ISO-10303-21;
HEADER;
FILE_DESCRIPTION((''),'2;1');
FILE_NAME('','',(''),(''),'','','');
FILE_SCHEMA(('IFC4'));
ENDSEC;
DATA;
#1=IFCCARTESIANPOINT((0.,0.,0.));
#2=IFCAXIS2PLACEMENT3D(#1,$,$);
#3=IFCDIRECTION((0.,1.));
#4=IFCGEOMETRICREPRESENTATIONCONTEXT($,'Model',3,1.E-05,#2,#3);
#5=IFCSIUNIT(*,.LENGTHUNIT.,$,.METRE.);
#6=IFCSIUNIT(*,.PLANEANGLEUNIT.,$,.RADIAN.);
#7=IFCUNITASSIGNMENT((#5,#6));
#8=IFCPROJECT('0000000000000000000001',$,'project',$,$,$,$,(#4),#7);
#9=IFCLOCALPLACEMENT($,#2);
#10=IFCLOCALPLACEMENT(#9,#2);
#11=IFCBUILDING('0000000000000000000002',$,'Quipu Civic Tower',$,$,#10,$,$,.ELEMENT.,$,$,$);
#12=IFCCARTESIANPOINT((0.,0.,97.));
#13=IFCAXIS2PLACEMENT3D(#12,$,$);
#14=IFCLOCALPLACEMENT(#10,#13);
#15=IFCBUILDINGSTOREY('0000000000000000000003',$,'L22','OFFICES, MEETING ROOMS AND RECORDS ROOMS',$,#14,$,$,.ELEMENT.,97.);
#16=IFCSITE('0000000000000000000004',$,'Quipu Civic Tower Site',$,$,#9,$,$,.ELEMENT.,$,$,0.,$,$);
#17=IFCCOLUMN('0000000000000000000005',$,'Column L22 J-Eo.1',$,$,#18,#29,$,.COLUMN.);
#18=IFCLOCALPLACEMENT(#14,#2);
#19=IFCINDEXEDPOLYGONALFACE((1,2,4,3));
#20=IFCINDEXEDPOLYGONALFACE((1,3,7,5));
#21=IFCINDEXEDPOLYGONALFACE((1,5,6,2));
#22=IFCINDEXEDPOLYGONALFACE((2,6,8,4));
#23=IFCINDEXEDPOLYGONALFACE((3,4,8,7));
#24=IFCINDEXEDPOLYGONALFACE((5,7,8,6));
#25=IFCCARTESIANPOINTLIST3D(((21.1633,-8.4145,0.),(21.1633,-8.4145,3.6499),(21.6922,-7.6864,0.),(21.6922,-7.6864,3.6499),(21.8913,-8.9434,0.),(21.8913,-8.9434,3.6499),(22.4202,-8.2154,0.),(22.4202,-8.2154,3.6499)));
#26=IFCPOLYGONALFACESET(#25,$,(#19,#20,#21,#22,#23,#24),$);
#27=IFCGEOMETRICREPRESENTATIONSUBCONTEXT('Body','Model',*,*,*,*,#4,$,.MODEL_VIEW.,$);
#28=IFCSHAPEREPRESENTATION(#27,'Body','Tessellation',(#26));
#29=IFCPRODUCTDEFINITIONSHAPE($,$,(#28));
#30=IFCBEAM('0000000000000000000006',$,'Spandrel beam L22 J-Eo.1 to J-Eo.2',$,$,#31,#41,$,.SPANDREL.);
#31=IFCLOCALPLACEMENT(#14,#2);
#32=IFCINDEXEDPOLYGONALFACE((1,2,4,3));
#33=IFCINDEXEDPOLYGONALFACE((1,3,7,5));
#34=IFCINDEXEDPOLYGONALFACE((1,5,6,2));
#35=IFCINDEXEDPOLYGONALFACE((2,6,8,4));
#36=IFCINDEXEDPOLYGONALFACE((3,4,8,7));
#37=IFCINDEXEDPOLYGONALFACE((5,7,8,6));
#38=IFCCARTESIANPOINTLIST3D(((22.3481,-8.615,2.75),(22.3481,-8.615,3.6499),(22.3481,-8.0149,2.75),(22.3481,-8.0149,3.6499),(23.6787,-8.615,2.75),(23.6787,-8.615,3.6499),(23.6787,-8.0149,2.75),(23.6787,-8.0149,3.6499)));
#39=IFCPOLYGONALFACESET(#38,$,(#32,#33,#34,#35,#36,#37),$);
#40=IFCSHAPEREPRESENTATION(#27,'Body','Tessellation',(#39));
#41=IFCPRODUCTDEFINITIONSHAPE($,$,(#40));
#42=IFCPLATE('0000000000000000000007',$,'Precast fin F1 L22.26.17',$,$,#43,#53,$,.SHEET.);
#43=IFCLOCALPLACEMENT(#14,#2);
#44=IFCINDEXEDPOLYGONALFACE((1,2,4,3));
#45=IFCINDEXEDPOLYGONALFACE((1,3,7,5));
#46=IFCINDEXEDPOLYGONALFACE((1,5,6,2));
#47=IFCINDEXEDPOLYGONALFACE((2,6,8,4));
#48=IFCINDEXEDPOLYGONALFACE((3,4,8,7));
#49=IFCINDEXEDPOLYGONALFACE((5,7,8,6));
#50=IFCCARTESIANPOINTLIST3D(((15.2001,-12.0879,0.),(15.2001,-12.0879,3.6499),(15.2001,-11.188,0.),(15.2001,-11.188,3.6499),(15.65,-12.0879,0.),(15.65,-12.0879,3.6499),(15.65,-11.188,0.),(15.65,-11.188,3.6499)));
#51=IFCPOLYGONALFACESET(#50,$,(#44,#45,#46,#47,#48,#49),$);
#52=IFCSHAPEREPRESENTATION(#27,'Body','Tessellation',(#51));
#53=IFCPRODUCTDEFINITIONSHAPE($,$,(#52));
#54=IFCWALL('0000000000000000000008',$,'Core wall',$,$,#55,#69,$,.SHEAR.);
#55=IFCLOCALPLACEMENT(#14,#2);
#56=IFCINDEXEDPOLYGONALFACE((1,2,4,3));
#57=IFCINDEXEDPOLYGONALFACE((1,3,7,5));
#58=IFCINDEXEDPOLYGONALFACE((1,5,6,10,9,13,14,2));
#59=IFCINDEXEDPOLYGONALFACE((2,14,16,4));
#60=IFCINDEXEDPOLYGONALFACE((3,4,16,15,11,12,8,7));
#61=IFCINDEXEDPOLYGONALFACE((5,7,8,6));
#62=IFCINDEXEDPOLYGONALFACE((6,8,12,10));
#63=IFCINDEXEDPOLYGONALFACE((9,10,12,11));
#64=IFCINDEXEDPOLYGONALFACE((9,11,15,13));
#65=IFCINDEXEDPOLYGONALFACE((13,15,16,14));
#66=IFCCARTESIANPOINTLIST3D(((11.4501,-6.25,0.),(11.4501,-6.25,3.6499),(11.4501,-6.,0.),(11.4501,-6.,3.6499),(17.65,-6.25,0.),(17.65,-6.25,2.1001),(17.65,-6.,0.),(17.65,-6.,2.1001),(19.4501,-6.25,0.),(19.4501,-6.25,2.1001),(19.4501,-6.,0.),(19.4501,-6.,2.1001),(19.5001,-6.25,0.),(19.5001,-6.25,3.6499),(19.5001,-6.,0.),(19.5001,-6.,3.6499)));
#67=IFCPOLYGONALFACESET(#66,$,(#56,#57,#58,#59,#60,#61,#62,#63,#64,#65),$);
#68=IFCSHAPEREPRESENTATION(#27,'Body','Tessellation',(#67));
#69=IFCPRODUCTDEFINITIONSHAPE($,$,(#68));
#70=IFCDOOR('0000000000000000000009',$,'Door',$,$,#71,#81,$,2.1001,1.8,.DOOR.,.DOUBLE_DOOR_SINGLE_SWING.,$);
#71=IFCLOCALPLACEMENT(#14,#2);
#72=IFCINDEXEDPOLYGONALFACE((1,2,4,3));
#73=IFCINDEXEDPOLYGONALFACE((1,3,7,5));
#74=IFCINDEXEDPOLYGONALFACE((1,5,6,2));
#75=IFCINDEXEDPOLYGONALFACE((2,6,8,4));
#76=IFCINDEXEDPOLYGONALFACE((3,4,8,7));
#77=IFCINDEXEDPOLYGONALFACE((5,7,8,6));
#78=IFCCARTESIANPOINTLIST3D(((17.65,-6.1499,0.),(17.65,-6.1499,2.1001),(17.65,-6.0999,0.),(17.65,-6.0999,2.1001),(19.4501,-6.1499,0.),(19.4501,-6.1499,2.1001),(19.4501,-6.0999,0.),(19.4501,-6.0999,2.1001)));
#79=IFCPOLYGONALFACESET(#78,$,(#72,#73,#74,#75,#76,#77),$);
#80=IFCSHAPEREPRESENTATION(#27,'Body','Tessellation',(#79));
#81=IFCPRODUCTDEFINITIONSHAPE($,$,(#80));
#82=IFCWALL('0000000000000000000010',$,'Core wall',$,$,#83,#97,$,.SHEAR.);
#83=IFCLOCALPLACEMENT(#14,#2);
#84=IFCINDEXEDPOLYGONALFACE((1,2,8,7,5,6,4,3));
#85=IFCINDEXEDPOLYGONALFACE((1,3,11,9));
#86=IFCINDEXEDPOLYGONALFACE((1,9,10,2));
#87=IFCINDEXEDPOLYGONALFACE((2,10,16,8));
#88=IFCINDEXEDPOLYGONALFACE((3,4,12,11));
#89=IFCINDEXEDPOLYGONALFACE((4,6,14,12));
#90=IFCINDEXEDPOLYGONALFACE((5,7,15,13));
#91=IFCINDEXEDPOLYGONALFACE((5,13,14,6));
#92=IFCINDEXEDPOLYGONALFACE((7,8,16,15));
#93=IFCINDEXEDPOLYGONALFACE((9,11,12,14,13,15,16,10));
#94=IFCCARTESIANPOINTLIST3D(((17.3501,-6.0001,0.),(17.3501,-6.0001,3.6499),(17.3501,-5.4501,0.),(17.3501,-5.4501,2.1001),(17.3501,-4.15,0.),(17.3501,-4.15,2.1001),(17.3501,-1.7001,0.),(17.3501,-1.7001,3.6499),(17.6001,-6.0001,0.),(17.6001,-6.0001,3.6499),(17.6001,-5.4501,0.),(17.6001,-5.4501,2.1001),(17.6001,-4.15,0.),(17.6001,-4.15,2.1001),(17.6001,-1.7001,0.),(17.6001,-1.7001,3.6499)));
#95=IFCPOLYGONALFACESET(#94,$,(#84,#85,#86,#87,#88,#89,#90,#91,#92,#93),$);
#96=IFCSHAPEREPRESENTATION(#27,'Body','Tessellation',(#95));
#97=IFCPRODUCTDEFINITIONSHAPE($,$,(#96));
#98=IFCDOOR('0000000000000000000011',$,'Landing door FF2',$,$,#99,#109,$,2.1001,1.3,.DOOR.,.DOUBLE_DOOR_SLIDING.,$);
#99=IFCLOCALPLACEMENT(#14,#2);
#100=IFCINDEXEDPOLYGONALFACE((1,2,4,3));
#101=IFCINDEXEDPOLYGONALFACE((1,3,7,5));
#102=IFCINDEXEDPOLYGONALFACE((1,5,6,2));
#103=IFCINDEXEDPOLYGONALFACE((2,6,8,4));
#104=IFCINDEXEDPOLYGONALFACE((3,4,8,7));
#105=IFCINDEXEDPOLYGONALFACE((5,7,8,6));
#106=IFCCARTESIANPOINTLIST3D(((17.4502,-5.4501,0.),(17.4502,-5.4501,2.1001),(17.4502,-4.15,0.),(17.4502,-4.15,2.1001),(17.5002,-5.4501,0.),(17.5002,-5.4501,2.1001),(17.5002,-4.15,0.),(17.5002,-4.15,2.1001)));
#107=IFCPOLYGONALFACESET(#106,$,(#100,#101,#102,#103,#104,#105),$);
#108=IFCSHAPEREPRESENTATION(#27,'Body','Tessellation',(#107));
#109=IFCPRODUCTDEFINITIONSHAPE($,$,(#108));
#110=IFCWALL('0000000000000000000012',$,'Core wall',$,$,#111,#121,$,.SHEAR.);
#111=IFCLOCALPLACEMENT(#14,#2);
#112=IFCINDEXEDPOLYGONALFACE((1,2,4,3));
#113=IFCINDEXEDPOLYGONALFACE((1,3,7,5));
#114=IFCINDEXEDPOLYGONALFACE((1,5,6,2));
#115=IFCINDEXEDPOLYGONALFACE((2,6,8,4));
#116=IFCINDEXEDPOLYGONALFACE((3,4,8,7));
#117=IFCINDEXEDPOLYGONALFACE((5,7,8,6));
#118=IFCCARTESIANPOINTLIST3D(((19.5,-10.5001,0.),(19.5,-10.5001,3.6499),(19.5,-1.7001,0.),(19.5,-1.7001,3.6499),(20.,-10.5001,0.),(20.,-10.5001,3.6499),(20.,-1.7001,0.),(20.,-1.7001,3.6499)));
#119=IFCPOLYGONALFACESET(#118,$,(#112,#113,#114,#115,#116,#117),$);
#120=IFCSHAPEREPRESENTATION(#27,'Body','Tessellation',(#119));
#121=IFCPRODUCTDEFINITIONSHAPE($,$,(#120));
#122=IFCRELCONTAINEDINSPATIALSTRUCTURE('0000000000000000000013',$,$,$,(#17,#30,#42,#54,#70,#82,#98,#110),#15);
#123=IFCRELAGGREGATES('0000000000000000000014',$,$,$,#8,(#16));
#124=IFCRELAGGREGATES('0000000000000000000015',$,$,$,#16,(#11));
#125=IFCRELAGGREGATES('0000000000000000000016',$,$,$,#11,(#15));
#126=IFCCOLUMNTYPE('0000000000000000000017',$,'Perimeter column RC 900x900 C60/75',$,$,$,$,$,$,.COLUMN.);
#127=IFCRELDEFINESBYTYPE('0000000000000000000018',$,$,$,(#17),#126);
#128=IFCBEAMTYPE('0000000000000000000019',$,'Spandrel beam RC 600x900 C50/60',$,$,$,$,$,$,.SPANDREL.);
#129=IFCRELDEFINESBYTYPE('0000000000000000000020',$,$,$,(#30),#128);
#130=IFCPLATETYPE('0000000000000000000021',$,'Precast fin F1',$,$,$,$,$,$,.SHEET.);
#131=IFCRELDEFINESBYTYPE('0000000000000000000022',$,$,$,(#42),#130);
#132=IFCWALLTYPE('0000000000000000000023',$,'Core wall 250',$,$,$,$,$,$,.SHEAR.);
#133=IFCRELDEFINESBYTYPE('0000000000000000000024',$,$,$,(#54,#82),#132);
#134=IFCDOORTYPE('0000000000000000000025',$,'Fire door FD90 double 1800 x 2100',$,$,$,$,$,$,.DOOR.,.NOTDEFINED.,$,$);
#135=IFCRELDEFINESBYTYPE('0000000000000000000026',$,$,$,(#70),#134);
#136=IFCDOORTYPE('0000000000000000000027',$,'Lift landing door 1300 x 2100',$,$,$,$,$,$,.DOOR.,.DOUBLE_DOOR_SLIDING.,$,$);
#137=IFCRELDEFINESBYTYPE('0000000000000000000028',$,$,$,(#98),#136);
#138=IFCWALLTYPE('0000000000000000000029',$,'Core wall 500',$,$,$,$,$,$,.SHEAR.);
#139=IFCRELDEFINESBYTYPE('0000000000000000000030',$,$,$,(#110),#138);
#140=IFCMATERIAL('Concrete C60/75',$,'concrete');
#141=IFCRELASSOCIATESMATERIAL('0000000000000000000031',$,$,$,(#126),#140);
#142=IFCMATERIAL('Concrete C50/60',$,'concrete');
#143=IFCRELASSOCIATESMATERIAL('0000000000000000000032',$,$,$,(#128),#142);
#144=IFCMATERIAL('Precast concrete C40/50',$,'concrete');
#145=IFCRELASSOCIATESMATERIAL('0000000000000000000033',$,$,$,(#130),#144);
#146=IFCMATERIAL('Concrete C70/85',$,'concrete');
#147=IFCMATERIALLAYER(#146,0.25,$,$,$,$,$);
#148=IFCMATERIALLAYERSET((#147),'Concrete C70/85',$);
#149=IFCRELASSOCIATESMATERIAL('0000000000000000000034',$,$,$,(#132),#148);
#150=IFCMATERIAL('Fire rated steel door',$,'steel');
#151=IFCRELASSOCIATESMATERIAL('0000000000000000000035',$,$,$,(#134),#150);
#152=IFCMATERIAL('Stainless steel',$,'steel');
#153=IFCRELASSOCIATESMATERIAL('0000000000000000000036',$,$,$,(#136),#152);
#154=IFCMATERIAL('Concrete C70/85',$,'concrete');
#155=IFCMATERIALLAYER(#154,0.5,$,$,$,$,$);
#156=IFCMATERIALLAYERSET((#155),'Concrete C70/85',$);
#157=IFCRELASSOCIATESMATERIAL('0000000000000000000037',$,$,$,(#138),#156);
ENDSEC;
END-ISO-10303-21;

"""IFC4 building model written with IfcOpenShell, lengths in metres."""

from ifc_helpers import new_model, si_unit, direction, frame, frame_2d, origin, origin_2d, place, context, subcontext, project, spatial, rectangle, extrude, material, layer, layer_set, material_profile, profile_set, type_object, element, fill, save


model = new_model("IFC4")

# Units and contexts
model_context = context("Model", 3, precision=1e-05, world=origin(), true_north=direction((0.0, 1.0)))
body_context = subcontext(model_context, "Body", "Model", "MODEL_VIEW")
ifc_project = project(units=[si_unit("LENGTHUNIT", "METRE"), si_unit("PLANEANGLEUNIT", "RADIAN")], contexts=[model_context])

# Site, building, storey
site_placement = place(None, origin())
site = spatial("IfcSite", under=ifc_project, at=site_placement, Name="Quipu Civic Tower Site", CompositionType="ELEMENT", RefElevation=0.0)
building_placement = place(site_placement, origin())
building = spatial("IfcBuilding", under=site, at=building_placement, Name="Quipu Civic Tower", CompositionType="ELEMENT")
storey_placement = place(building_placement, frame((0.0, 0.0, 97.0)))
storey = spatial("IfcBuildingStorey", under=building, at=storey_placement, Name="L22", Description="OFFICES, MEETING ROOMS AND RECORDS ROOMS", CompositionType="ELEMENT", Elevation=97.0)

# Column
ifc_material_1 = material(Name="Concrete C60/75", Category="concrete")
ifc_material_profile_1 = material_profile(ifc_material_1, rectangle(XDim=0.8999, YDim=0.8999, at=origin_2d()), Name="RC900x900")
ifc_profile_set_1 = profile_set([ifc_material_profile_1], Name="Concrete C60/75")
column_type = type_object("IfcColumnType", Name="Perimeter column RC 900x900 C60/75", PredefinedType="COLUMN", material=ifc_profile_set_1)
column_placement = place(storey_placement, frame((21.7917, -8.3149, 0.0), z_axis=(0.0, 0.0, 1.0), x_axis=(0.587785, 0.809017, 0.0)))
element("IfcColumn", 1, at=column_placement, inside=storey, type_object=column_type, Name="Column L22 J-Eo.1", PredefinedType="COLUMN", context=body_context, shape_type="SweptSolid", body=[
    extrude(rectangle(XDim=0.8999, YDim=0.8999, at=origin_2d()), origin(), (0.0, 0.0, 1.0), 3.6499),
])

# Beam
ifc_material_2 = material(Name="Concrete C50/60", Category="concrete")
ifc_material_profile_2 = material_profile(ifc_material_2, rectangle(XDim=0.6001, YDim=0.8999, at=origin_2d()), Name="RC600x900")
ifc_profile_set_2 = profile_set([ifc_material_profile_2], Name="Concrete C50/60")
beam_type = type_object("IfcBeamType", Name="Spandrel beam RC 600x900 C50/60", PredefinedType="SPANDREL", material=ifc_profile_set_2)
beam_placement = place(storey_placement, frame((22.3481, -8.3149, 3.2), z_axis=(1.0, 0.0, 0.0), x_axis=(0.0, 1.0, 0.0)))
element("IfcBeam", 2, at=beam_placement, inside=storey, type_object=beam_type, Name="Spandrel beam L22 J-Eo.1 to J-Eo.2", PredefinedType="SPANDREL", context=body_context, shape_type="SweptSolid", body=[
    extrude(rectangle(XDim=0.6001, YDim=0.8999, at=origin_2d()), origin(), (0.0, 0.0, 1.0), 1.3306),
])

# Plate
ifc_material_3 = material(Name="Precast concrete C40/50", Category="concrete")
plate_type = type_object("IfcPlateType", Name="Precast fin F1", PredefinedType="SHEET", material=ifc_material_3)
plate_placement = place(storey_placement, frame((15.425, -11.6379, 0.0), z_axis=(0.0, 0.0, 1.0), x_axis=(1.0, 0.0, 0.0)))
element("IfcPlate", 3, at=plate_placement, inside=storey, type_object=plate_type, Name="Precast fin F1 L22.26.17", PredefinedType="SHEET", context=body_context, shape_type="SweptSolid", body=[
    extrude(rectangle(XDim=0.45, YDim=0.8999, at=origin_2d()), origin(), (0.0, 0.0, 1.0), 3.6499),
])

# Walls, openings, doors
ifc_material_4 = material(Name="Concrete C70/85", Category="concrete")
ifc_layer_1 = layer(ifc_material_4, 0.25)
ifc_layer_set_1 = layer_set([ifc_layer_1], Name="Concrete C70/85")
wall_type_1 = type_object("IfcWallType", Name="Core wall 250", PredefinedType="SHEAR", material=ifc_layer_set_1)
wall_1_placement = place(storey_placement, frame((19.5, -6.125, 0.0), z_axis=(0.0, 0.0, 1.0), x_axis=(-1.0, 0.0, 0.0)))
wall_1 = element("IfcWall", 4, at=wall_1_placement, inside=storey, type_object=wall_type_1, Name="Core wall", PredefinedType="SHEAR", context=body_context, shape_type="SweptSolid", body=[
    extrude(rectangle(XDim=8.05, YDim=0.25, at=frame_2d((4.0249, 0.0))), origin(), (0.0, 0.0, 1.0), 3.6499),
])
opening_1_placement = place(wall_1_placement, frame((0.05, 0.0, 0.0)))
opening_1 = element("IfcOpeningElement", 5, at=opening_1_placement, cuts=wall_1, PredefinedType="OPENING", context=body_context, shape_type="SweptSolid", body=[
    extrude(rectangle(XDim=1.8, YDim=2.1001, at=frame_2d((0.8999, 1.05))), frame((0.0, 0.135, 0.0), z_axis=(0.0, -1.0, 0.0), x_axis=(1.0, 0.0, 0.0)), (0.0, 0.0, 1.0), 0.27),
])
ifc_material_5 = material(Name="Fire rated steel door", Category="steel")
door_type_1 = type_object("IfcDoorType", Name="Fire door FD90 double 1800 x 2100", OperationType="NOTDEFINED", PredefinedType="DOOR", material=ifc_material_5)
door_1_placement = place(opening_1_placement, origin())
door_1 = element("IfcDoor", 6, at=door_1_placement, inside=storey, type_object=door_type_1, Name="Door", OperationType="DOUBLE_DOOR_SINGLE_SWING", OverallHeight=2.1001, OverallWidth=1.8, PredefinedType="DOOR", context=body_context, shape_type="SweptSolid", body=[
    extrude(rectangle(XDim=1.8, YDim=2.1001, at=frame_2d((0.8999, 1.05))), frame((0.0, 0.0249, 0.0), z_axis=(0.0, -1.0, 0.0), x_axis=(1.0, 0.0, 0.0)), (0.0, 0.0, 1.0), 0.05),
])
fill(opening_1, door_1)
wall_2_placement = place(storey_placement, frame((17.4751, -6.0, 0.0), z_axis=(0.0, 0.0, 1.0), x_axis=(0.0, 1.0, 0.0)))
wall_2 = element("IfcWall", 7, at=wall_2_placement, inside=storey, type_object=wall_type_1, Name="Core wall", PredefinedType="SHEAR", context=body_context, shape_type="SweptSolid", body=[
    extrude(rectangle(XDim=4.3, YDim=0.25, at=frame_2d((2.1499, 0.0))), origin(), (0.0, 0.0, 1.0), 3.6499),
])
opening_2_placement = place(wall_2_placement, frame((0.55, 0.0, 0.0)))
opening_2 = element("IfcOpeningElement", 8, at=opening_2_placement, cuts=wall_2, PredefinedType="OPENING", context=body_context, shape_type="SweptSolid", body=[
    extrude(rectangle(XDim=1.3, YDim=2.1001, at=frame_2d((0.6499, 1.05))), frame((0.0, 0.135, 0.0), z_axis=(0.0, -1.0, 0.0), x_axis=(1.0, 0.0, 0.0)), (0.0, 0.0, 1.0), 0.27),
])
ifc_material_6 = material(Name="Stainless steel", Category="steel")
door_type_2 = type_object("IfcDoorType", Name="Lift landing door 1300 x 2100", OperationType="DOUBLE_DOOR_SLIDING", PredefinedType="DOOR", material=ifc_material_6)
door_2_placement = place(opening_2_placement, origin())
door_2 = element("IfcDoor", 9, at=door_2_placement, inside=storey, type_object=door_type_2, Name="Landing door FF2", OperationType="DOUBLE_DOOR_SLIDING", OverallHeight=2.1001, OverallWidth=1.3, PredefinedType="DOOR", context=body_context, shape_type="SweptSolid", body=[
    extrude(rectangle(XDim=1.3, YDim=2.1001, at=frame_2d((0.6499, 1.05))), frame((0.0, 0.0249, 0.0), z_axis=(0.0, -1.0, 0.0), x_axis=(1.0, 0.0, 0.0)), (0.0, 0.0, 1.0), 0.05),
])
fill(opening_2, door_2)

# Wall
ifc_material_7 = material(Name="Concrete C70/85", Category="concrete")
ifc_layer_2 = layer(ifc_material_7, 0.5)
ifc_layer_set_2 = layer_set([ifc_layer_2], Name="Concrete C70/85")
wall_type_2 = type_object("IfcWallType", Name="Core wall 500", PredefinedType="SHEAR", material=ifc_layer_set_2)
wall_3_placement = place(storey_placement, frame((19.75, -10.5, 0.0), z_axis=(0.0, 0.0, 1.0), x_axis=(0.0, 1.0, 0.0)))
element("IfcWall", 10, at=wall_3_placement, inside=storey, type_object=wall_type_2, Name="Core wall", PredefinedType="SHEAR", context=body_context, shape_type="SweptSolid", body=[
    extrude(rectangle(XDim=8.8, YDim=0.5, at=frame_2d((4.3999, 0.0))), origin(), (0.0, 0.0, 1.0), 3.6499),
])

save(model, "model.ifc")
